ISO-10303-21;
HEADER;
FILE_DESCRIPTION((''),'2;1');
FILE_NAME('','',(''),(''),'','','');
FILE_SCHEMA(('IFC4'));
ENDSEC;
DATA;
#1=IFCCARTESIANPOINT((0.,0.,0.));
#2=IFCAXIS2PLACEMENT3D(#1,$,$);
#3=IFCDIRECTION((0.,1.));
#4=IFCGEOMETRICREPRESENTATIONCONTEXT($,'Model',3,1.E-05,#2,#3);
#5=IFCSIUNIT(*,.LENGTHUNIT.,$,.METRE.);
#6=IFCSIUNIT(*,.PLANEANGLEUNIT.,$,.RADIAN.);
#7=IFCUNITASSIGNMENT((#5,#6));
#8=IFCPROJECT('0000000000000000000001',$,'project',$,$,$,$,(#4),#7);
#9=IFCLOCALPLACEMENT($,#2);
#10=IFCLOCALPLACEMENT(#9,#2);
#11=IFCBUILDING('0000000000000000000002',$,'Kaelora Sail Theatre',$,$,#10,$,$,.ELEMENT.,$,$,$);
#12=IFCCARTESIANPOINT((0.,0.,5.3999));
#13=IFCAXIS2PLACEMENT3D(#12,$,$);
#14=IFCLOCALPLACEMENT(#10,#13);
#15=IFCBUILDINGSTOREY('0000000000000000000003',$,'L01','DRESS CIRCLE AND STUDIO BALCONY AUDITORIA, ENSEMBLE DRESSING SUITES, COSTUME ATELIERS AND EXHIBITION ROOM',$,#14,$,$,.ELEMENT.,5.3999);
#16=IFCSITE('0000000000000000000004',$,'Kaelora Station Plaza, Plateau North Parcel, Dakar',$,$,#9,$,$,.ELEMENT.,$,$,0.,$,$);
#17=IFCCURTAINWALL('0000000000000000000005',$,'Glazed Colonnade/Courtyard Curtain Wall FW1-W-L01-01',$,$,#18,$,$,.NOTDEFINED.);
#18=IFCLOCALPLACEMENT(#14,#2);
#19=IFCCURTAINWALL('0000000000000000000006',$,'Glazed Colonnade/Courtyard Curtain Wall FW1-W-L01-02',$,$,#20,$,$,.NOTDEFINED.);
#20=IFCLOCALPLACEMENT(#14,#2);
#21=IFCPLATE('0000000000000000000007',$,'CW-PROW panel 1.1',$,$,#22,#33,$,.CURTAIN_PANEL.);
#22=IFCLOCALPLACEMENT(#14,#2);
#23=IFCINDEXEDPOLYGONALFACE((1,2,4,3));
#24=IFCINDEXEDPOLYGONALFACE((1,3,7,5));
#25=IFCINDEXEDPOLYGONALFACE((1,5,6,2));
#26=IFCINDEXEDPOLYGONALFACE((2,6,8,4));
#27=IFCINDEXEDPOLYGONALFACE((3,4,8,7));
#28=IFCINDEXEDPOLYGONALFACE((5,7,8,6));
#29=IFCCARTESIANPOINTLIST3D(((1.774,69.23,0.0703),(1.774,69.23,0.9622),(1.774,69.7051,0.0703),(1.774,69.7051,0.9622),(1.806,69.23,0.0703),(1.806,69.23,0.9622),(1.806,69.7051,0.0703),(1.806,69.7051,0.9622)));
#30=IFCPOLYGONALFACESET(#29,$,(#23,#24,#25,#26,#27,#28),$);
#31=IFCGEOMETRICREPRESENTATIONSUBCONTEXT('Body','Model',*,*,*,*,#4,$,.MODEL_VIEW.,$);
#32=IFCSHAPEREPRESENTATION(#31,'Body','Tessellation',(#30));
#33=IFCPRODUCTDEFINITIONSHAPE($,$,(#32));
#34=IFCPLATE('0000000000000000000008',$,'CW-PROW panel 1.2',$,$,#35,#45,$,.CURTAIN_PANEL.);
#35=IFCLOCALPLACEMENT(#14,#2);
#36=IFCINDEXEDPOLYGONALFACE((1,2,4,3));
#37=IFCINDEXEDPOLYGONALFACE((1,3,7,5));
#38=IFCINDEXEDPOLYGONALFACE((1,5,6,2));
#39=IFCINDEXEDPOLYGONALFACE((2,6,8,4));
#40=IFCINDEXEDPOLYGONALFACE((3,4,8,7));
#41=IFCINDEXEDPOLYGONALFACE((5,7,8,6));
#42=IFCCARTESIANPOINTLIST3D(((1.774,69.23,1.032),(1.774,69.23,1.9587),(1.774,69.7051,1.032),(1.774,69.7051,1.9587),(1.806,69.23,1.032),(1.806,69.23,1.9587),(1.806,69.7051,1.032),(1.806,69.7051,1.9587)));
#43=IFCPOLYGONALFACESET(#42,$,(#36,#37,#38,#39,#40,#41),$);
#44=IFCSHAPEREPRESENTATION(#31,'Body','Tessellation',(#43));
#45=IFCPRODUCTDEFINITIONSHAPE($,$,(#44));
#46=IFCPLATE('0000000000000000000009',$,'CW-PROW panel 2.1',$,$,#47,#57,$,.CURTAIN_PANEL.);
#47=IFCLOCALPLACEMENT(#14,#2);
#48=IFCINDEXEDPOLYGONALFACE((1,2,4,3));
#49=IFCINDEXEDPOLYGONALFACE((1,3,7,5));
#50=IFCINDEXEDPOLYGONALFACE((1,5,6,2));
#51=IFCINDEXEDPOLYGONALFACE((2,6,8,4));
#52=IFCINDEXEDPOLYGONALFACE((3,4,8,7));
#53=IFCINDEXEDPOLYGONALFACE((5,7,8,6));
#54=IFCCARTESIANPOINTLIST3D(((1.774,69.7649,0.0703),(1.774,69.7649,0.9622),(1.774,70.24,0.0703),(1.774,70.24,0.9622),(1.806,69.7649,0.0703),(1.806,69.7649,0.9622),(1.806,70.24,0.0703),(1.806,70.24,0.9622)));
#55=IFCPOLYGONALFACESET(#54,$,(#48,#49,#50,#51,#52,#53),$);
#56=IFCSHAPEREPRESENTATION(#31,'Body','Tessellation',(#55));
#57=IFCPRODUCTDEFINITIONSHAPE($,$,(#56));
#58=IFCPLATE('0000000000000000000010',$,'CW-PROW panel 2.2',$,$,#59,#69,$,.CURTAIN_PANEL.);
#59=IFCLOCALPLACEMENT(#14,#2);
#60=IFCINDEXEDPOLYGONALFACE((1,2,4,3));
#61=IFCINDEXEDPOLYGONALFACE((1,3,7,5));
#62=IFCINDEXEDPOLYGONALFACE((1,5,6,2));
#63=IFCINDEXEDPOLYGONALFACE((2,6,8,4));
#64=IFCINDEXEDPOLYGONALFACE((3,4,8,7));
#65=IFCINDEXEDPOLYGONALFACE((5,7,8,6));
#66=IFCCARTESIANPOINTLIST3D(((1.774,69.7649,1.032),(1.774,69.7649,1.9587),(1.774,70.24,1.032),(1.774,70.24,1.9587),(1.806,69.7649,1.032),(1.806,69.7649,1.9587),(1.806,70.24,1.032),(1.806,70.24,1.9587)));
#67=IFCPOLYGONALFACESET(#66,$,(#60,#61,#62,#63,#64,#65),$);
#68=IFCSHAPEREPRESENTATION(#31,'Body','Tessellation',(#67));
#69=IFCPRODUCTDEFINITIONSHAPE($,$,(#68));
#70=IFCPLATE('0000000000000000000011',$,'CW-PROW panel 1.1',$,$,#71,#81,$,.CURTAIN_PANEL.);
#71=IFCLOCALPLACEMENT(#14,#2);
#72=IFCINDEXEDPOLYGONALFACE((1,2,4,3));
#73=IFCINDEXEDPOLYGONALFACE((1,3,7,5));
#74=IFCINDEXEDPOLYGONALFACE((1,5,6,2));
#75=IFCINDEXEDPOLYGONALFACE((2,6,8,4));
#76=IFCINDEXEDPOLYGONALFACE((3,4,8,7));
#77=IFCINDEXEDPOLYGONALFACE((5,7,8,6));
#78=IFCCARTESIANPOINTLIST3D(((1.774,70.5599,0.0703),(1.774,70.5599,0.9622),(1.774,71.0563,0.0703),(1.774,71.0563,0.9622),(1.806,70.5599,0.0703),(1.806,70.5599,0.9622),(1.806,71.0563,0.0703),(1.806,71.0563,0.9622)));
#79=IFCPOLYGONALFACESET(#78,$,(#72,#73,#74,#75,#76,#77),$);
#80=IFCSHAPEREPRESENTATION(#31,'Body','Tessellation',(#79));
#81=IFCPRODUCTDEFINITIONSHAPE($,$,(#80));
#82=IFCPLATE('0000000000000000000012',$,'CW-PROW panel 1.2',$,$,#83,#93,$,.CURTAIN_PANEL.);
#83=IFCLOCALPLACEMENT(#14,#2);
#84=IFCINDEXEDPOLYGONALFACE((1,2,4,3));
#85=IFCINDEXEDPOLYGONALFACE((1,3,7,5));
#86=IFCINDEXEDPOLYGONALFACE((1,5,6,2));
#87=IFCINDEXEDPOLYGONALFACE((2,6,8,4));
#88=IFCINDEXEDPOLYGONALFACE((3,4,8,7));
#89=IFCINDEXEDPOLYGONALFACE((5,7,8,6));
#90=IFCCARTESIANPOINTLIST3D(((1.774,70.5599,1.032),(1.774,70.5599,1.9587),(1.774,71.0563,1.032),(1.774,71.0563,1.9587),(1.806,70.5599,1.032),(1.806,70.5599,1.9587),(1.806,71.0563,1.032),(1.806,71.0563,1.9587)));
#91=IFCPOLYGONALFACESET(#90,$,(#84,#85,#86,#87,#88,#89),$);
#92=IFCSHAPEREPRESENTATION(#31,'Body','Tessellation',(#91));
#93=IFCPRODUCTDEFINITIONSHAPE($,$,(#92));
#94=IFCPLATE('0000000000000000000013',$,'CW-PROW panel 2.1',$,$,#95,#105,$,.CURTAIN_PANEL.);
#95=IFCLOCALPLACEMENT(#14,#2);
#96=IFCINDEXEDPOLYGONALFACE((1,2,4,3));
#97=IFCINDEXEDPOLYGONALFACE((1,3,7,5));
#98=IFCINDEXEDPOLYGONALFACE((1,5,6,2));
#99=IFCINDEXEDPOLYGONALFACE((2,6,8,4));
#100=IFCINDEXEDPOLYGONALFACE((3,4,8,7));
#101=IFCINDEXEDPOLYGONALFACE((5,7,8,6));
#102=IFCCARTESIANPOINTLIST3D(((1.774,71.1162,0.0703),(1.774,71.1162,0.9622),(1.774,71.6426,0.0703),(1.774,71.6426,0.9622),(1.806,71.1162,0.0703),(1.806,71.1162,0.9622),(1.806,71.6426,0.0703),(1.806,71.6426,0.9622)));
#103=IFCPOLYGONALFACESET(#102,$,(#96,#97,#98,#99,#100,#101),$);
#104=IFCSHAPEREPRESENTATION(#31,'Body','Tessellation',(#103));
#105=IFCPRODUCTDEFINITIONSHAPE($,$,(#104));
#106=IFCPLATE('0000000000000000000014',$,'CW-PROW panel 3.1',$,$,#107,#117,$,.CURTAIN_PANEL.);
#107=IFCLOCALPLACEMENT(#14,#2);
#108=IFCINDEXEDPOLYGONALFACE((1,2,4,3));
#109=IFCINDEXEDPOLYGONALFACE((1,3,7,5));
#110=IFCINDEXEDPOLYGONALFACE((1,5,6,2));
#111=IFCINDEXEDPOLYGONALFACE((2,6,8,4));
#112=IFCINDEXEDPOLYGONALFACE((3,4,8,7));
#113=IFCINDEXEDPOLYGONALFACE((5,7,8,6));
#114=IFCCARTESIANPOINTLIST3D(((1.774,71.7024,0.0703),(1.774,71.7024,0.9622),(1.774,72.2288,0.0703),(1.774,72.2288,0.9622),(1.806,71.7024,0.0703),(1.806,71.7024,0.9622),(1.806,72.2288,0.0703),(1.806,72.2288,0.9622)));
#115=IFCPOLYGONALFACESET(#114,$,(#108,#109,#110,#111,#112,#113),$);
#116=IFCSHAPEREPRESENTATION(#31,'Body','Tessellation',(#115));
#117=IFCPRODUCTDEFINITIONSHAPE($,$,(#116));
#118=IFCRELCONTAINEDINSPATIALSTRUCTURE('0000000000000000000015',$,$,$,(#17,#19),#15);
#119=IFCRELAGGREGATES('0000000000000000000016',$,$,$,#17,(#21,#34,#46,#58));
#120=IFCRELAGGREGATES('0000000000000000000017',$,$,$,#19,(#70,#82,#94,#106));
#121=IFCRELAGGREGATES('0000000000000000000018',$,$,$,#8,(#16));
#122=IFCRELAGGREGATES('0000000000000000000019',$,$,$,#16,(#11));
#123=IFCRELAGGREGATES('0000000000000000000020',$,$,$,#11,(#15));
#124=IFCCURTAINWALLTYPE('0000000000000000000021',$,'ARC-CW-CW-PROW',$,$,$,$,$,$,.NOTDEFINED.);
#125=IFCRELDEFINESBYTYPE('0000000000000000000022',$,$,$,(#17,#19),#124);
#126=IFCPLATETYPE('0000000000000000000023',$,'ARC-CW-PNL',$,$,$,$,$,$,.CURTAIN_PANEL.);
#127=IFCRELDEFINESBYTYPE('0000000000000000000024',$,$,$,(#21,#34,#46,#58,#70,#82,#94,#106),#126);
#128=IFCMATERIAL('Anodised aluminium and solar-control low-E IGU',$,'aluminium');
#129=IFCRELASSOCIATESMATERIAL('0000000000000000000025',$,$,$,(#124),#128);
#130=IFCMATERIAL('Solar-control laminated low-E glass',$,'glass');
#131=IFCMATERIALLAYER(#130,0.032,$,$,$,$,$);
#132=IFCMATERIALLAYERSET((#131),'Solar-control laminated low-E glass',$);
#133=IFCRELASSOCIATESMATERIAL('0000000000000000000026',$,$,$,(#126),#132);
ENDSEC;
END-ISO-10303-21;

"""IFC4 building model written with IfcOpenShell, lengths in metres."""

from ifc_helpers import new_model, si_unit, direction, frame, origin, origin_2d, place, context, subcontext, project, spatial, rectangle, extrude, material, layer, layer_set, type_object, element, aggregate, save


model = new_model("IFC4")

# Units and contexts
model_context = context("Model", 3, precision=1e-05, world=origin(), true_north=direction((0.0, 1.0)))
body_context = subcontext(model_context, "Body", "Model", "MODEL_VIEW")
ifc_project = project(units=[si_unit("LENGTHUNIT", "METRE"), si_unit("PLANEANGLEUNIT", "RADIAN")], contexts=[model_context])

# Site, building, storey
site_placement = place(None, origin())
site = spatial("IfcSite", under=ifc_project, at=site_placement, Name="Kaelora Station Plaza, Plateau North Parcel, Dakar", CompositionType="ELEMENT", RefElevation=0.0)
building_placement = place(site_placement, origin())
building = spatial("IfcBuilding", under=site, at=building_placement, Name="Kaelora Sail Theatre", CompositionType="ELEMENT")
storey_placement = place(building_placement, frame((0.0, 0.0, 5.3999)))
storey = spatial("IfcBuildingStorey", under=building, at=storey_placement, Name="L01", Description="DRESS CIRCLE AND STUDIO BALCONY AUDITORIA, ENSEMBLE DRESSING SUITES, COSTUME ATELIERS AND EXHIBITION ROOM", CompositionType="ELEMENT", Elevation=5.3999)

# Curtain walls
ifc_material_1 = material(Name="Anodised aluminium and solar-control low-E IGU", Category="aluminium")
curtain_wall_type = type_object("IfcCurtainWallType", Name="ARC-CW-CW-PROW", PredefinedType="NOTDEFINED", material=ifc_material_1)
curtain_wall_1_placement = place(storey_placement, origin())
curtain_wall_1 = element("IfcCurtainWall", 1, at=curtain_wall_1_placement, inside=storey, type_object=curtain_wall_type, Name="Glazed Colonnade/Courtyard Curtain Wall FW1-W-L01-01", PredefinedType="NOTDEFINED")
curtain_wall_2_placement = place(storey_placement, origin())
curtain_wall_2 = element("IfcCurtainWall", 2, at=curtain_wall_2_placement, inside=storey, type_object=curtain_wall_type, Name="Glazed Colonnade/Courtyard Curtain Wall FW1-W-L01-02", PredefinedType="NOTDEFINED")

# Plates
ifc_material_2 = material(Name="Solar-control laminated low-E glass", Category="glass")
ifc_layer = layer(ifc_material_2, 0.032)
ifc_layer_set = layer_set([ifc_layer], Name="Solar-control laminated low-E glass")
plate_type = type_object("IfcPlateType", Name="ARC-CW-PNL", PredefinedType="CURTAIN_PANEL", material=ifc_layer_set)
plate_1_placement = place(storey_placement, frame((1.79, 69.4675, 0.0703), z_axis=(0.0, 0.0, 1.0), x_axis=(0.0, 1.0, 0.0)))
plate_1 = element("IfcPlate", 3, at=plate_1_placement, type_object=plate_type, Name="CW-PROW panel 1.1", PredefinedType="CURTAIN_PANEL", context=body_context, shape_type="SweptSolid", body=[
    extrude(rectangle(XDim=0.4751, YDim=0.032, at=origin_2d()), origin(), (0.0, 0.0, 1.0), 0.8918),
])
plate_2_placement = place(storey_placement, frame((1.79, 69.4675, 1.032), z_axis=(0.0, 0.0, 1.0), x_axis=(0.0, 1.0, 0.0)))
plate_2 = element("IfcPlate", 4, at=plate_2_placement, type_object=plate_type, Name="CW-PROW panel 1.2", PredefinedType="CURTAIN_PANEL", context=body_context, shape_type="SweptSolid", body=[
    extrude(rectangle(XDim=0.4751, YDim=0.032, at=origin_2d()), origin(), (0.0, 0.0, 1.0), 0.9268),
])
plate_3_placement = place(storey_placement, frame((1.79, 70.0024, 0.0703), z_axis=(0.0, 0.0, 1.0), x_axis=(0.0, 1.0, 0.0)))
plate_3 = element("IfcPlate", 5, at=plate_3_placement, type_object=plate_type, Name="CW-PROW panel 2.1", PredefinedType="CURTAIN_PANEL", context=body_context, shape_type="SweptSolid", body=[
    extrude(rectangle(XDim=0.4751, YDim=0.032, at=origin_2d()), origin(), (0.0, 0.0, 1.0), 0.8918),
])
plate_4_placement = place(storey_placement, frame((1.79, 70.0024, 1.032), z_axis=(0.0, 0.0, 1.0), x_axis=(0.0, 1.0, 0.0)))
plate_4 = element("IfcPlate", 6, at=plate_4_placement, type_object=plate_type, Name="CW-PROW panel 2.2", PredefinedType="CURTAIN_PANEL", context=body_context, shape_type="SweptSolid", body=[
    extrude(rectangle(XDim=0.4751, YDim=0.032, at=origin_2d()), origin(), (0.0, 0.0, 1.0), 0.9268),
])
aggregate(curtain_wall_1, [plate_1, plate_2, plate_3, plate_4])
plate_5_placement = place(storey_placement, frame((1.79, 70.8081, 0.0703), z_axis=(0.0, 0.0, 1.0), x_axis=(0.0, 1.0, 0.0)))
plate_5 = element("IfcPlate", 7, at=plate_5_placement, type_object=plate_type, Name="CW-PROW panel 1.1", PredefinedType="CURTAIN_PANEL", context=body_context, shape_type="SweptSolid", body=[
    extrude(rectangle(XDim=0.4963, YDim=0.032, at=origin_2d()), origin(), (0.0, 0.0, 1.0), 0.8918),
])
plate_6_placement = place(storey_placement, frame((1.79, 70.8081, 1.032), z_axis=(0.0, 0.0, 1.0), x_axis=(0.0, 1.0, 0.0)))
plate_6 = element("IfcPlate", 8, at=plate_6_placement, type_object=plate_type, Name="CW-PROW panel 1.2", PredefinedType="CURTAIN_PANEL", context=body_context, shape_type="SweptSolid", body=[
    extrude(rectangle(XDim=0.4963, YDim=0.032, at=origin_2d()), origin(), (0.0, 0.0, 1.0), 0.9268),
])
plate_7_placement = place(storey_placement, frame((1.79, 71.3794, 0.0703), z_axis=(0.0, 0.0, 1.0), x_axis=(0.0, 1.0, 0.0)))
plate_7 = element("IfcPlate", 9, at=plate_7_placement, type_object=plate_type, Name="CW-PROW panel 2.1", PredefinedType="CURTAIN_PANEL", context=body_context, shape_type="SweptSolid", body=[
    extrude(rectangle(XDim=0.5264, YDim=0.032, at=origin_2d()), origin(), (0.0, 0.0, 1.0), 0.8918),
])
plate_8_placement = place(storey_placement, frame((1.79, 71.9656, 0.0703), z_axis=(0.0, 0.0, 1.0), x_axis=(0.0, 1.0, 0.0)))
plate_8 = element("IfcPlate", 10, at=plate_8_placement, type_object=plate_type, Name="CW-PROW panel 3.1", PredefinedType="CURTAIN_PANEL", context=body_context, shape_type="SweptSolid", body=[
    extrude(rectangle(XDim=0.5264, YDim=0.032, at=origin_2d()), origin(), (0.0, 0.0, 1.0), 0.8918),
])
aggregate(curtain_wall_2, [plate_5, plate_6, plate_7, plate_8])

save(model, "model.ifc")
